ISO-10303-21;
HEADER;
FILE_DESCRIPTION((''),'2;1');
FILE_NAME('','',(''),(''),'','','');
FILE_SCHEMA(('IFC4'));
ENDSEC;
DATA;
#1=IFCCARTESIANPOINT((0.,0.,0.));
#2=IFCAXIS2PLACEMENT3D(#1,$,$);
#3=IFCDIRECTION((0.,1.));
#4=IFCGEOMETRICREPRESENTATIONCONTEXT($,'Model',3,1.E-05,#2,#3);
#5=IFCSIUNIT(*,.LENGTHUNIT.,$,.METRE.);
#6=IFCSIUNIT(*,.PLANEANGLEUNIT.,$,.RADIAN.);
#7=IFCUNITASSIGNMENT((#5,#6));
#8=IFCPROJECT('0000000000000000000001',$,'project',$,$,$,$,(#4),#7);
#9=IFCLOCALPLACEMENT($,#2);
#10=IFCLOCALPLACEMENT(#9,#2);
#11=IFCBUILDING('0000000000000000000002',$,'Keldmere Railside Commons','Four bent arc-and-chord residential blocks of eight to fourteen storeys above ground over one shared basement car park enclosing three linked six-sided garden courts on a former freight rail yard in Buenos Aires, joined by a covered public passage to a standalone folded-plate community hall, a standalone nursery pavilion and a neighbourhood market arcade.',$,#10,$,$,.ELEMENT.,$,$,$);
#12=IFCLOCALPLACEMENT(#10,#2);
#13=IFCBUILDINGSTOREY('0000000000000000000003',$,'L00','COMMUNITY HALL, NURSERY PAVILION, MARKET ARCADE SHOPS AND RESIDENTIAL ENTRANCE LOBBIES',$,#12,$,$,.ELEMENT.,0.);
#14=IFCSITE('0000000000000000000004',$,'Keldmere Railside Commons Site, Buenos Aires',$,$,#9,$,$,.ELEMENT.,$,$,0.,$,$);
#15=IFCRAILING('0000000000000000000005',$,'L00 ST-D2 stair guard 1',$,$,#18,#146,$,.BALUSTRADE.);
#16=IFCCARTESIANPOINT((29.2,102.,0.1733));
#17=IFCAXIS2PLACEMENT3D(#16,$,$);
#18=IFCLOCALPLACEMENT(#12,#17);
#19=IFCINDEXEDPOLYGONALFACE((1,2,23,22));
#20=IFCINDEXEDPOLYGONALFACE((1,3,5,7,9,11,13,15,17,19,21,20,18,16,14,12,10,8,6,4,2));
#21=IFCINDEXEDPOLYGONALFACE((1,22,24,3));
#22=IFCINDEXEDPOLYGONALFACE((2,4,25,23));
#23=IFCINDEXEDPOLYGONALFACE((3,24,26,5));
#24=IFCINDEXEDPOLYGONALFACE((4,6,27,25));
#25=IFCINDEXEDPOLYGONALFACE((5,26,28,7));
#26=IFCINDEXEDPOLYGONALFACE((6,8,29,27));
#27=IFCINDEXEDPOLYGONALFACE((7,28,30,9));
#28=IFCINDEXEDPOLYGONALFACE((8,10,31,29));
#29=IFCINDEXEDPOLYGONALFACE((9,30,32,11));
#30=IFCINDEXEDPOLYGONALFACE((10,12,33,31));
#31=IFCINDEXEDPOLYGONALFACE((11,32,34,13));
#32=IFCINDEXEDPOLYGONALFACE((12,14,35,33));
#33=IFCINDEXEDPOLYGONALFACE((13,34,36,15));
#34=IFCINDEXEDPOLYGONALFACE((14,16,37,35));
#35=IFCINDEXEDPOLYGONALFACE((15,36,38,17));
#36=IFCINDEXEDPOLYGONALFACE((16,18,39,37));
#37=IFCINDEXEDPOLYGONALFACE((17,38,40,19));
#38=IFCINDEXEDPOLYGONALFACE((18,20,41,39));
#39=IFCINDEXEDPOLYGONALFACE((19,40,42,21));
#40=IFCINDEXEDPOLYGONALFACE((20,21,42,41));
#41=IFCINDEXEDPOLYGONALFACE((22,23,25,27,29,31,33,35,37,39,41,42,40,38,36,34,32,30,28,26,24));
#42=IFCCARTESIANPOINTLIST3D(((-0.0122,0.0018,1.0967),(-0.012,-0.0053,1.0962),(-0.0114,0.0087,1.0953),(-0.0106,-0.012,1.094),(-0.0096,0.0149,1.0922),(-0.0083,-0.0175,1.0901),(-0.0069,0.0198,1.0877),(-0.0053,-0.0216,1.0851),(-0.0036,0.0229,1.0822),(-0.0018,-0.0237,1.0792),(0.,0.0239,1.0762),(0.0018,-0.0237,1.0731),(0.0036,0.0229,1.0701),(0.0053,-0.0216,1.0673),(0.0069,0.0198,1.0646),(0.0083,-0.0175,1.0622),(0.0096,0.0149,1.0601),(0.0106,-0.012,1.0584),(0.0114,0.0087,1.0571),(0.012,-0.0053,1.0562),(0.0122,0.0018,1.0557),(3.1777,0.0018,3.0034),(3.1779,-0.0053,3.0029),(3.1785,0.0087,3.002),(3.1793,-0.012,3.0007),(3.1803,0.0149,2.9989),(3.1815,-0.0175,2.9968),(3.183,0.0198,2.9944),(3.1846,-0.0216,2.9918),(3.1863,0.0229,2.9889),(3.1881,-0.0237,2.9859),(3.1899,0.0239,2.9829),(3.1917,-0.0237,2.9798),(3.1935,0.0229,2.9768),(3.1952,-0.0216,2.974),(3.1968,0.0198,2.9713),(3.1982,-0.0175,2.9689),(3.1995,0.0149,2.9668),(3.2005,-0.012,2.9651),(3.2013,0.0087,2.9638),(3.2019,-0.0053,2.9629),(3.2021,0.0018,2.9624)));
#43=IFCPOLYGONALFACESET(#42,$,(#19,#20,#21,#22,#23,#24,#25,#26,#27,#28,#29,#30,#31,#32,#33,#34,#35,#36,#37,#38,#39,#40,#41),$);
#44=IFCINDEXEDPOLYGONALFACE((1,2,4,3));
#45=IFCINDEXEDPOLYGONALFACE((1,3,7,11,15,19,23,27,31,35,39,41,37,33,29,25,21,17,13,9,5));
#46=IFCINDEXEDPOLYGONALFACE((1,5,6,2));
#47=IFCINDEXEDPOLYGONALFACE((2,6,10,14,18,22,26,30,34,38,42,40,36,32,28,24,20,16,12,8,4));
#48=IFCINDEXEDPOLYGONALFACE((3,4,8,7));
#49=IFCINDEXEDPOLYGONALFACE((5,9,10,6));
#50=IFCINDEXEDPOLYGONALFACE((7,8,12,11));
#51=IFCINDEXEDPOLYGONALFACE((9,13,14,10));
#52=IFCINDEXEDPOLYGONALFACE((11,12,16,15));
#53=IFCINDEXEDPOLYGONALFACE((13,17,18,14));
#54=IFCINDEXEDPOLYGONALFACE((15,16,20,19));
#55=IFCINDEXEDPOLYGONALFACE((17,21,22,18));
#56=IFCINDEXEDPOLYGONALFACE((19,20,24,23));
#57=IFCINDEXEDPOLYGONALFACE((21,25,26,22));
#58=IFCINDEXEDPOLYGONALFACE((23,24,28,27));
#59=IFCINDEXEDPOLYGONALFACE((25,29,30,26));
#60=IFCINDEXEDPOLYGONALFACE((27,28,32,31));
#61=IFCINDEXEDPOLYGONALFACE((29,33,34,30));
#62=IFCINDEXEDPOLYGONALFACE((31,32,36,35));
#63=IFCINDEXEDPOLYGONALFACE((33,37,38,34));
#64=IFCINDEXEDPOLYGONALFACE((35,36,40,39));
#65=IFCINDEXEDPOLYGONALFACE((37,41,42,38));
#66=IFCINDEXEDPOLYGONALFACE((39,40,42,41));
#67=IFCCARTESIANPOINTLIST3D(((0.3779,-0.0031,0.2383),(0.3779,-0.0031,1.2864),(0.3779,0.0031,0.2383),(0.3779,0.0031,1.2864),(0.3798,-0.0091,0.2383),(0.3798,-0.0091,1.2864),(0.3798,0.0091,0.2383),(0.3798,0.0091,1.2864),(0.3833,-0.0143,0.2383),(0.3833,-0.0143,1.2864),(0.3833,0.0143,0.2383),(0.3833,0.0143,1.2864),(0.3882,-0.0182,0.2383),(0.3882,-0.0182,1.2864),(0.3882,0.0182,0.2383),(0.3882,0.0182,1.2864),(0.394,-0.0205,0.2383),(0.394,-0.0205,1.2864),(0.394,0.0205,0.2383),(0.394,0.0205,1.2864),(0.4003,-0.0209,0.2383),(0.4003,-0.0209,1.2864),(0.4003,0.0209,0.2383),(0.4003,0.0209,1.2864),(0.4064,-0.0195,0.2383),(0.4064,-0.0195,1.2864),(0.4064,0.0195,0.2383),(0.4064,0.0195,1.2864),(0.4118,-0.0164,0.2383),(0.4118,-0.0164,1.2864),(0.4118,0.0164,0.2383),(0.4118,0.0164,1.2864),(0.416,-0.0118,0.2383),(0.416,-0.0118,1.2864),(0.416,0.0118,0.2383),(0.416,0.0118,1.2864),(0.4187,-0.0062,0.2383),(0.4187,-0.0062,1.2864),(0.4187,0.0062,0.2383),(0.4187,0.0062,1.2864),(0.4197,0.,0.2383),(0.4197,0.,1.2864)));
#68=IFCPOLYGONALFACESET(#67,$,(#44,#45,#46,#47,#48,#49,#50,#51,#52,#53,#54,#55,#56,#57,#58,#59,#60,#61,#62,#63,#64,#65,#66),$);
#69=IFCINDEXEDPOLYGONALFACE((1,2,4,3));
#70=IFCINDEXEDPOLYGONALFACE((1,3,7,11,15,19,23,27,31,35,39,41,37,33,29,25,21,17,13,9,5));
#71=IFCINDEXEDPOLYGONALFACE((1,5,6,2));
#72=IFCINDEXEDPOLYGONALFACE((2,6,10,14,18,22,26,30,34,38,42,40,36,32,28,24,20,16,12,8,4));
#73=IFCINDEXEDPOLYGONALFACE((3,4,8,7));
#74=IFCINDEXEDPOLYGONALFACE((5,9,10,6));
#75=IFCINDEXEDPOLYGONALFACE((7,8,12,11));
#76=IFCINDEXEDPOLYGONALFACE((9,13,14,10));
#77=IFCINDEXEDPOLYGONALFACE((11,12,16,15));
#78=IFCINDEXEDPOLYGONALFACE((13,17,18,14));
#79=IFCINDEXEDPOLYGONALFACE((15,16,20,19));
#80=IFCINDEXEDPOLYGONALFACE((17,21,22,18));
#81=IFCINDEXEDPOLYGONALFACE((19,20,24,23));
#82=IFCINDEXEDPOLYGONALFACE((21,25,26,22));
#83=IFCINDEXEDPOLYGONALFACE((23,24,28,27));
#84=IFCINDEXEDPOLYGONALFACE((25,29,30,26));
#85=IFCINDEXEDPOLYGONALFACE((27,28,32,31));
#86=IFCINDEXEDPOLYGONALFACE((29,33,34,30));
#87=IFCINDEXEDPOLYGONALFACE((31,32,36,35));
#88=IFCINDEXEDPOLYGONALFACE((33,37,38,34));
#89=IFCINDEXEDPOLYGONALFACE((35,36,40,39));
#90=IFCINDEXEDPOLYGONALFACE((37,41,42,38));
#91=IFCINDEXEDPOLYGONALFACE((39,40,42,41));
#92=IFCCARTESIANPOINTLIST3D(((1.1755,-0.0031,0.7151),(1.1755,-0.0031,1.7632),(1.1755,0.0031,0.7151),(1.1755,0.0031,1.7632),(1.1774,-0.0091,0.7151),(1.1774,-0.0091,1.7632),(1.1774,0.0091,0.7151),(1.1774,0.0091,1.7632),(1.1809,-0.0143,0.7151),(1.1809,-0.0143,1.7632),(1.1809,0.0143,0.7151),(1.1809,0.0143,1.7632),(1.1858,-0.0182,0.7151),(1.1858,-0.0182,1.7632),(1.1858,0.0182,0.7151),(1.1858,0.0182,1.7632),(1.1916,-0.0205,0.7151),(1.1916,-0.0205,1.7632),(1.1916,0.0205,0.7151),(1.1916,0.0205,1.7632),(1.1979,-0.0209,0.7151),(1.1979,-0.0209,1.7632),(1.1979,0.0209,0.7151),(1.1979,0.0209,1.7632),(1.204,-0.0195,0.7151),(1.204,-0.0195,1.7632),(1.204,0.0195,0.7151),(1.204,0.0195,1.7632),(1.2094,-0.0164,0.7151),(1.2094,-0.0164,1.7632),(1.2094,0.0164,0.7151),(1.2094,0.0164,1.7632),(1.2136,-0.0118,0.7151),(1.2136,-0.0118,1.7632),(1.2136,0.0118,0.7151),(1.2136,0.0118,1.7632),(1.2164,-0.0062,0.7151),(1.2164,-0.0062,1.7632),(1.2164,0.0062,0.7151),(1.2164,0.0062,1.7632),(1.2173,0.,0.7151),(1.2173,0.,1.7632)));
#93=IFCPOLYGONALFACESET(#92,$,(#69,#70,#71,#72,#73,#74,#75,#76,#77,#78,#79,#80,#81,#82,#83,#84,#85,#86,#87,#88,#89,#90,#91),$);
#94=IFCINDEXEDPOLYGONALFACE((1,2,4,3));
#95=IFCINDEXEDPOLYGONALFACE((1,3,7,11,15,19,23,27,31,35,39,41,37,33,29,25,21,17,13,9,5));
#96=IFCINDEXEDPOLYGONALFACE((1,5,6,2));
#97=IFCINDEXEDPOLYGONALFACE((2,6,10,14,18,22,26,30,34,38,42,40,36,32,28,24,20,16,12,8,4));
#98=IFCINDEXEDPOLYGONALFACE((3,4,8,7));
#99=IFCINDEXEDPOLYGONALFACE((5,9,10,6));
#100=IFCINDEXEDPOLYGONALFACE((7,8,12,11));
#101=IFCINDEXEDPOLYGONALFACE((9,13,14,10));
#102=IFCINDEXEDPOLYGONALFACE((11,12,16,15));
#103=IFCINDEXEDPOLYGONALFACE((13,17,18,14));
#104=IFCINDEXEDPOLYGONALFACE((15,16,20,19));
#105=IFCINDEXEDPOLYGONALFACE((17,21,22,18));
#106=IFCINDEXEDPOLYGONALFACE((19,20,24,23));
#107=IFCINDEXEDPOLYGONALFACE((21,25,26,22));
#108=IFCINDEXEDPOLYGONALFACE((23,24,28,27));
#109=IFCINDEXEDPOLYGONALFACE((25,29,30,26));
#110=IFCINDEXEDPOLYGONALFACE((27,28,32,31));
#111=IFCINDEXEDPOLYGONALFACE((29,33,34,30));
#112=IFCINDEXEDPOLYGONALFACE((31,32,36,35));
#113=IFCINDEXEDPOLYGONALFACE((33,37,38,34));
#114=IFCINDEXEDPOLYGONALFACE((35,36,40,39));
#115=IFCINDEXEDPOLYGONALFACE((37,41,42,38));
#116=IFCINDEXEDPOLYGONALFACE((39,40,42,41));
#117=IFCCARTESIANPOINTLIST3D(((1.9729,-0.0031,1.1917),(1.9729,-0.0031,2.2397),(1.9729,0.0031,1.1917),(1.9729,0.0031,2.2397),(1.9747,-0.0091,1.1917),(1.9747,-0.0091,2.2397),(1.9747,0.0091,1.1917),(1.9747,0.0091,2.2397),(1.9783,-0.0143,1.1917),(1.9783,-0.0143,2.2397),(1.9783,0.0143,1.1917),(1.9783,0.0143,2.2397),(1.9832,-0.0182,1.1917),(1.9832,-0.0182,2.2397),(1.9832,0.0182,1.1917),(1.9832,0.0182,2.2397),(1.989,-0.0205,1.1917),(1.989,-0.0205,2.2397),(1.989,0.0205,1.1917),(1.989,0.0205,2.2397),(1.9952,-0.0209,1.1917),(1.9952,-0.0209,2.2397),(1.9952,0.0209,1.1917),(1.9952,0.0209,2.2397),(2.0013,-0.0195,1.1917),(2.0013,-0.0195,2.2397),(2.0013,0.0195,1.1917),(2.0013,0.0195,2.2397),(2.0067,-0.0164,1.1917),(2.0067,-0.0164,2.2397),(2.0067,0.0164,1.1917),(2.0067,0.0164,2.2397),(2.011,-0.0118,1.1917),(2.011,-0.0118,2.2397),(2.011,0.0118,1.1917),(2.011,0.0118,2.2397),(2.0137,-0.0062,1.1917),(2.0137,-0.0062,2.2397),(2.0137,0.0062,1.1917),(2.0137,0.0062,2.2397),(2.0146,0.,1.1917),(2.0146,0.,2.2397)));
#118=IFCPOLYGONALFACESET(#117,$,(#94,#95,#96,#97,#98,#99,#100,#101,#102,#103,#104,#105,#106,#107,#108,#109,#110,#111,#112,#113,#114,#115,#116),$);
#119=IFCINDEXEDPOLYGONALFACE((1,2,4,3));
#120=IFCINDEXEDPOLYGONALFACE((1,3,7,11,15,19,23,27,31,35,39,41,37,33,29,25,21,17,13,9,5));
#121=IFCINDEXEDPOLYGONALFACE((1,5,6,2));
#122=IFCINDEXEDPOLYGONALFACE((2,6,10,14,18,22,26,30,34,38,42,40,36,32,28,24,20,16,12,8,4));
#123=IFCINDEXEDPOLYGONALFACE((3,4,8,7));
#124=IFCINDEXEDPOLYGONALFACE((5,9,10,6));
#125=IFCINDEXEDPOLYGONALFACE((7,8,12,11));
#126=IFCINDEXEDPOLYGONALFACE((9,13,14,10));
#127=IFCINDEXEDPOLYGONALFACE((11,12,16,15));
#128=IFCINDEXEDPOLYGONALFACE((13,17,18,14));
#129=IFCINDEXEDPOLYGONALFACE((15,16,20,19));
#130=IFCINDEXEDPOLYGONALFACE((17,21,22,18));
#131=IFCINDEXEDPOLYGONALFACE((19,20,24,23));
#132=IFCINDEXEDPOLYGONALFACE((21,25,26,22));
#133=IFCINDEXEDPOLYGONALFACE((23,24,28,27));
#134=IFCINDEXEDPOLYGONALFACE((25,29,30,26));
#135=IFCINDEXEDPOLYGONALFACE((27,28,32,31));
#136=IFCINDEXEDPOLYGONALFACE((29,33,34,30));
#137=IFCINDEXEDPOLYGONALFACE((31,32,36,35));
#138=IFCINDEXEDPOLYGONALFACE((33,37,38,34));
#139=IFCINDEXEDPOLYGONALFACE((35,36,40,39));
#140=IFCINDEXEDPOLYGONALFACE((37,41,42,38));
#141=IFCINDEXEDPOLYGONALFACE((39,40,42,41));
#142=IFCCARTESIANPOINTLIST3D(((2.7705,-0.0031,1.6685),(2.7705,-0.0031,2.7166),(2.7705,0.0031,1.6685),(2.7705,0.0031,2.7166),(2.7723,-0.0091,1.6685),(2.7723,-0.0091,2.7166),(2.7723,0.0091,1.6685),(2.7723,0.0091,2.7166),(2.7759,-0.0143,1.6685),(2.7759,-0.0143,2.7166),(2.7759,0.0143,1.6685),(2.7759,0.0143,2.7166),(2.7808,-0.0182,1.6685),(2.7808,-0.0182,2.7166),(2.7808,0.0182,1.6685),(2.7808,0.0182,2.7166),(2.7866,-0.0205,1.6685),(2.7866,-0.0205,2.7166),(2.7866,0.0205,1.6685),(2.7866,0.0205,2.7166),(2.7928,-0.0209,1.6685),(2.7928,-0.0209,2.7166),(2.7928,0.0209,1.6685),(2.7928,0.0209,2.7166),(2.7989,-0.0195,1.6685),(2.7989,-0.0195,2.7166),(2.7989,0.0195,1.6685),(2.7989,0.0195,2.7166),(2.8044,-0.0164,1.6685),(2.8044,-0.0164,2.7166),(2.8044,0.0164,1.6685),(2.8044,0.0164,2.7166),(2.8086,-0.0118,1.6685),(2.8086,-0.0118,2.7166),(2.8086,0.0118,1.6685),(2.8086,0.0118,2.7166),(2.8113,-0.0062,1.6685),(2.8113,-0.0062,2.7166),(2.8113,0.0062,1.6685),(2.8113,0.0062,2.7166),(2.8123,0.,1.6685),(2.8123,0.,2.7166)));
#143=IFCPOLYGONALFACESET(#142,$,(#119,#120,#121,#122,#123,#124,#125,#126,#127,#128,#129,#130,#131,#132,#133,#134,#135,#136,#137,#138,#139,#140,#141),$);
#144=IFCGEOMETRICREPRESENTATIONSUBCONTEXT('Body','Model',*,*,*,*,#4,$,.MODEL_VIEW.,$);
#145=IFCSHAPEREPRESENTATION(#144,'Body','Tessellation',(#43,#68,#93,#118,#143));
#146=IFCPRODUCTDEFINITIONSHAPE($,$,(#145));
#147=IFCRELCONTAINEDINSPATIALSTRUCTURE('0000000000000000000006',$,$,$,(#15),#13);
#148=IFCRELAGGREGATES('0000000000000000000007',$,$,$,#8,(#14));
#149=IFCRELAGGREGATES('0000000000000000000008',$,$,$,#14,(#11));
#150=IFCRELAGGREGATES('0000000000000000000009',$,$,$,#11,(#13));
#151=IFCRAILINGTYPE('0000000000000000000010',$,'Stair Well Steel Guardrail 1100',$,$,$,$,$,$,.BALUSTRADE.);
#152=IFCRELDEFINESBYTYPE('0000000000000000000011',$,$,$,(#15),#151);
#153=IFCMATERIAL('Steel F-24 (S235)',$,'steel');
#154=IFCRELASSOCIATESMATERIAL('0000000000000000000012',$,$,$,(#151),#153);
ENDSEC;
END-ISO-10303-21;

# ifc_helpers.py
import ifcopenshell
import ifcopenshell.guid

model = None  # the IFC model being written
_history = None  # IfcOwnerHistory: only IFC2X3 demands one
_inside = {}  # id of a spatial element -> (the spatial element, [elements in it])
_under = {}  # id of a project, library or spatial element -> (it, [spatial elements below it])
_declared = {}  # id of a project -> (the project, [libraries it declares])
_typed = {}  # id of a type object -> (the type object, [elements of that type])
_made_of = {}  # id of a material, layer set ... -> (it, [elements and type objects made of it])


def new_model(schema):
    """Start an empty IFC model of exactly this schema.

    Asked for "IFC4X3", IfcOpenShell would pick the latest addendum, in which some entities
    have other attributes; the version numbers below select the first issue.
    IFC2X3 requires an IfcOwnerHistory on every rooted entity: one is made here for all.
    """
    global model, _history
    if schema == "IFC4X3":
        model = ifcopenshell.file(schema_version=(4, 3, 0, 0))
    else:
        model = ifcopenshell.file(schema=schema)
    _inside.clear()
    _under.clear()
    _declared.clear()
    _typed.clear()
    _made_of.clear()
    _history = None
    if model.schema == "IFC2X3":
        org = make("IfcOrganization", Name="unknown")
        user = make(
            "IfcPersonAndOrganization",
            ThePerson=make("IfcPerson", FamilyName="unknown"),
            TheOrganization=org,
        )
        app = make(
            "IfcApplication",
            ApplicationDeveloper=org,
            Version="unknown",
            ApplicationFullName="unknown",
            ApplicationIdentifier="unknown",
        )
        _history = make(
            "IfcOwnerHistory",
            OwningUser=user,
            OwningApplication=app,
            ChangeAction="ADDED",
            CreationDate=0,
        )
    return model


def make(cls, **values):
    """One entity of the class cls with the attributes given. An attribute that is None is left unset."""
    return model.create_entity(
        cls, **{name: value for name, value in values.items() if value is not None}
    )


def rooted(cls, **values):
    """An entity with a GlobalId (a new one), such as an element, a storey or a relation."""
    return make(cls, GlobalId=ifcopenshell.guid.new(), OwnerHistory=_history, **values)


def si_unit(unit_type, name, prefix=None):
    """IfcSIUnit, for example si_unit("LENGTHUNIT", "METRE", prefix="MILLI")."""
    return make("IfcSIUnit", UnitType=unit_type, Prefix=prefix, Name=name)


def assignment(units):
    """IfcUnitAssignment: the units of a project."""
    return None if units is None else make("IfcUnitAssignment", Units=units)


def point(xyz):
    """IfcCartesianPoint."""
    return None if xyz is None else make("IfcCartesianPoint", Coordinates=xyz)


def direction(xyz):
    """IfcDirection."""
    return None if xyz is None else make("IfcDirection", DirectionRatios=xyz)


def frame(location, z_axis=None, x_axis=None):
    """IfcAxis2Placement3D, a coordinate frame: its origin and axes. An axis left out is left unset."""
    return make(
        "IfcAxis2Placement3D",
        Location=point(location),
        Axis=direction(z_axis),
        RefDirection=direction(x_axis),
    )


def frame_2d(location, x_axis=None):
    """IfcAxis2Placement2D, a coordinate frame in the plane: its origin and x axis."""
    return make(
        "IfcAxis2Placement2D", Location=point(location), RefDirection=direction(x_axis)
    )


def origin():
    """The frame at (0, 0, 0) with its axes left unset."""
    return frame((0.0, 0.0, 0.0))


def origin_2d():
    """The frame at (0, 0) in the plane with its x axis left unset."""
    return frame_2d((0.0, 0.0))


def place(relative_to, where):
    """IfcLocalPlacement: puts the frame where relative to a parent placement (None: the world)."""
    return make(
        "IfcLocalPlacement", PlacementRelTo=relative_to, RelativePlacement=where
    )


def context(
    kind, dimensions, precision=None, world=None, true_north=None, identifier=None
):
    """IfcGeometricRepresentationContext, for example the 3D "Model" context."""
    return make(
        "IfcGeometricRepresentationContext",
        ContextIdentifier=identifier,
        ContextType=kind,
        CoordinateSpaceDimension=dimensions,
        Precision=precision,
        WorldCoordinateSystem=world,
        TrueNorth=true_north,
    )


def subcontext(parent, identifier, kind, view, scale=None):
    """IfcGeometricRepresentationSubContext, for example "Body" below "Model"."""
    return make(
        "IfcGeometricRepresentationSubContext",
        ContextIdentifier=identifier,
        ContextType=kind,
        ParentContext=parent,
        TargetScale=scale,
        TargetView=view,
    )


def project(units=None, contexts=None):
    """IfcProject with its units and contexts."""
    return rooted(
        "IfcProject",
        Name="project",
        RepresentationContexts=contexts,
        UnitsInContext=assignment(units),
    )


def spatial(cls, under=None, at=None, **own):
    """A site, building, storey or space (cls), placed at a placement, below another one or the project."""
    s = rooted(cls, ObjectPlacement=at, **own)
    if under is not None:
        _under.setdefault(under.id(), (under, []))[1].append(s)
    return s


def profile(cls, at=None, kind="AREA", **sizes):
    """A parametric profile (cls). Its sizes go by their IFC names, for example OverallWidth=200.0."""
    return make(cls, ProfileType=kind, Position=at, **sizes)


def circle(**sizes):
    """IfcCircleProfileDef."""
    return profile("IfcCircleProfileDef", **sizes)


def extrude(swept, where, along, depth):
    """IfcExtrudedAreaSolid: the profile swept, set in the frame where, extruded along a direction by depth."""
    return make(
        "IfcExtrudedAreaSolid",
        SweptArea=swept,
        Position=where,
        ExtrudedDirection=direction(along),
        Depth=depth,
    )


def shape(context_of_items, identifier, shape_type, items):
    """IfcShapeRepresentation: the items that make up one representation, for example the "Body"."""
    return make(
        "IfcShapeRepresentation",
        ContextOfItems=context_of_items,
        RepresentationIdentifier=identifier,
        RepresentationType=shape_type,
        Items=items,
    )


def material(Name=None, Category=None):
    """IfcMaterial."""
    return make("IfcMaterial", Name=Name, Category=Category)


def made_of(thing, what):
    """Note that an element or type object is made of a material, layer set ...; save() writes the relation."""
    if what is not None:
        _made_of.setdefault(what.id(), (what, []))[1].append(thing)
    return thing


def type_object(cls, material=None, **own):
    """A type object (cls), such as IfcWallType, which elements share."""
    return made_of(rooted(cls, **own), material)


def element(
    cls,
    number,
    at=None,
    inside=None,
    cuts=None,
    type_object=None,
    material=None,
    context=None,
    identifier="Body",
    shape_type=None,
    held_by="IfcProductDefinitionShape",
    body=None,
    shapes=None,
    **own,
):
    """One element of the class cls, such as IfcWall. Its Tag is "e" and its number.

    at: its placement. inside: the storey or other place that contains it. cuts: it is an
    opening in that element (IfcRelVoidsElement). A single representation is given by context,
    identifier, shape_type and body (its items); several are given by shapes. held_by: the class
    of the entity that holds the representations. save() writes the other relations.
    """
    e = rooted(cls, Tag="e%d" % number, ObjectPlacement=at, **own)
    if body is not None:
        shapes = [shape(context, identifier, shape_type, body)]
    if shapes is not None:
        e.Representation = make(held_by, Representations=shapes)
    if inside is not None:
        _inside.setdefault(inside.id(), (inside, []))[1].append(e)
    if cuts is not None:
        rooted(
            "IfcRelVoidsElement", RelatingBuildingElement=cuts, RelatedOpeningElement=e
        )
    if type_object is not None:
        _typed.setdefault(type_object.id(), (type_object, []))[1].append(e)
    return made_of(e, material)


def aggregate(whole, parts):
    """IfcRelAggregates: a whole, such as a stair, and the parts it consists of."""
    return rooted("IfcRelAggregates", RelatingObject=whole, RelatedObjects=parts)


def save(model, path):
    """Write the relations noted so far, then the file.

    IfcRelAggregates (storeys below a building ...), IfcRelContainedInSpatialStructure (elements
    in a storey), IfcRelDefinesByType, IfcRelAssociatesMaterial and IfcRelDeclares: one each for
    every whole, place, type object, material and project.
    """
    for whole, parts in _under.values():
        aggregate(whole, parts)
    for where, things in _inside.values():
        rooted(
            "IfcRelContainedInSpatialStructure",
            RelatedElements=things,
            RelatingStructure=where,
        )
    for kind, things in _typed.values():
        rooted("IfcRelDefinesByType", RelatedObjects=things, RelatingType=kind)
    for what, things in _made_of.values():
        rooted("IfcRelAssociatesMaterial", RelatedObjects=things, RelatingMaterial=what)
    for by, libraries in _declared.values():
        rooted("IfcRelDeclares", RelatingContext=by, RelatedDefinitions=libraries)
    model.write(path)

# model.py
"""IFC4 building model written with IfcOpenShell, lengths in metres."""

from ifc_helpers import new_model, si_unit, direction, frame, origin, origin_2d, place, context, subcontext, project, spatial, circle, extrude, material, type_object, element, save


model = new_model("IFC4")

# Units and contexts
model_context = context("Model", 3, precision=1e-05, world=origin(), true_north=direction((0.0, 1.0)))
body_context = subcontext(model_context, "Body", "Model", "MODEL_VIEW")
ifc_project = project(units=[si_unit("LENGTHUNIT", "METRE"), si_unit("PLANEANGLEUNIT", "RADIAN")], contexts=[model_context])

# Site, building, storey
site_placement = place(None, origin())
site = spatial("IfcSite", under=ifc_project, at=site_placement, Name="Keldmere Railside Commons Site, Buenos Aires", CompositionType="ELEMENT", RefElevation=0.0)
building_placement = place(site_placement, origin())
building = spatial("IfcBuilding", under=site, at=building_placement, Name="Keldmere Railside Commons", Description="Four bent arc-and-chord residential blocks of eight to fourteen storeys above ground over one shared basement car park enclosing three linked six-sided garden courts on a former freight rail yard in Buenos Aires, joined by a covered public passage to a standalone folded-plate community hall, a standalone nursery pavilion and a neighbourhood market arcade.", CompositionType="ELEMENT")
storey_placement = place(building_placement, origin())
storey = spatial("IfcBuildingStorey", under=building, at=storey_placement, Name="L00", Description="COMMUNITY HALL, NURSERY PAVILION, MARKET ARCADE SHOPS AND RESIDENTIAL ENTRANCE LOBBIES", CompositionType="ELEMENT", Elevation=0.0)

# Shared definitions
ifc_material_1 = material(Name="Steel F-24 (S235)", Category="steel")

# Railing
railing_type_1 = type_object("IfcRailingType", Name="Stair Well Steel Guardrail 1100", PredefinedType="BALUSTRADE", material=ifc_material_1)
railing_1_placement = place(storey_placement, frame((29.2, 102.0, 0.1733)))
element("IfcRailing", 1, at=railing_1_placement, inside=storey, type_object=railing_type_1, Name="L00 ST-D2 stair guard 1", PredefinedType="BALUSTRADE", context=body_context, shape_type="SweptSolid", body=[
    extrude(circle(Radius=0.0239, at=origin_2d()), frame((0.0, 0.0, 1.0762), z_axis=(0.85835, 0.0, 0.513065), x_axis=(0.0, 1.0, 0.0)), (0.0, 0.0, 1.0), 3.7163),
    extrude(circle(Radius=0.021, at=origin_2d()), frame((0.3987, 0.0, 0.2383)), (0.0, 0.0, 1.0), 1.0481),
    extrude(circle(Radius=0.021, at=origin_2d()), frame((1.1963, 0.0, 0.7151)), (0.0, 0.0, 1.0), 1.0481),
    extrude(circle(Radius=0.021, at=origin_2d()), frame((1.9937, 0.0, 1.1917)), (0.0, 0.0, 1.0), 1.0481),
    extrude(circle(Radius=0.021, at=origin_2d()), frame((2.7913, 0.0, 1.6685)), (0.0, 0.0, 1.0), 1.0481),
])

save(model, "model.ifc")
